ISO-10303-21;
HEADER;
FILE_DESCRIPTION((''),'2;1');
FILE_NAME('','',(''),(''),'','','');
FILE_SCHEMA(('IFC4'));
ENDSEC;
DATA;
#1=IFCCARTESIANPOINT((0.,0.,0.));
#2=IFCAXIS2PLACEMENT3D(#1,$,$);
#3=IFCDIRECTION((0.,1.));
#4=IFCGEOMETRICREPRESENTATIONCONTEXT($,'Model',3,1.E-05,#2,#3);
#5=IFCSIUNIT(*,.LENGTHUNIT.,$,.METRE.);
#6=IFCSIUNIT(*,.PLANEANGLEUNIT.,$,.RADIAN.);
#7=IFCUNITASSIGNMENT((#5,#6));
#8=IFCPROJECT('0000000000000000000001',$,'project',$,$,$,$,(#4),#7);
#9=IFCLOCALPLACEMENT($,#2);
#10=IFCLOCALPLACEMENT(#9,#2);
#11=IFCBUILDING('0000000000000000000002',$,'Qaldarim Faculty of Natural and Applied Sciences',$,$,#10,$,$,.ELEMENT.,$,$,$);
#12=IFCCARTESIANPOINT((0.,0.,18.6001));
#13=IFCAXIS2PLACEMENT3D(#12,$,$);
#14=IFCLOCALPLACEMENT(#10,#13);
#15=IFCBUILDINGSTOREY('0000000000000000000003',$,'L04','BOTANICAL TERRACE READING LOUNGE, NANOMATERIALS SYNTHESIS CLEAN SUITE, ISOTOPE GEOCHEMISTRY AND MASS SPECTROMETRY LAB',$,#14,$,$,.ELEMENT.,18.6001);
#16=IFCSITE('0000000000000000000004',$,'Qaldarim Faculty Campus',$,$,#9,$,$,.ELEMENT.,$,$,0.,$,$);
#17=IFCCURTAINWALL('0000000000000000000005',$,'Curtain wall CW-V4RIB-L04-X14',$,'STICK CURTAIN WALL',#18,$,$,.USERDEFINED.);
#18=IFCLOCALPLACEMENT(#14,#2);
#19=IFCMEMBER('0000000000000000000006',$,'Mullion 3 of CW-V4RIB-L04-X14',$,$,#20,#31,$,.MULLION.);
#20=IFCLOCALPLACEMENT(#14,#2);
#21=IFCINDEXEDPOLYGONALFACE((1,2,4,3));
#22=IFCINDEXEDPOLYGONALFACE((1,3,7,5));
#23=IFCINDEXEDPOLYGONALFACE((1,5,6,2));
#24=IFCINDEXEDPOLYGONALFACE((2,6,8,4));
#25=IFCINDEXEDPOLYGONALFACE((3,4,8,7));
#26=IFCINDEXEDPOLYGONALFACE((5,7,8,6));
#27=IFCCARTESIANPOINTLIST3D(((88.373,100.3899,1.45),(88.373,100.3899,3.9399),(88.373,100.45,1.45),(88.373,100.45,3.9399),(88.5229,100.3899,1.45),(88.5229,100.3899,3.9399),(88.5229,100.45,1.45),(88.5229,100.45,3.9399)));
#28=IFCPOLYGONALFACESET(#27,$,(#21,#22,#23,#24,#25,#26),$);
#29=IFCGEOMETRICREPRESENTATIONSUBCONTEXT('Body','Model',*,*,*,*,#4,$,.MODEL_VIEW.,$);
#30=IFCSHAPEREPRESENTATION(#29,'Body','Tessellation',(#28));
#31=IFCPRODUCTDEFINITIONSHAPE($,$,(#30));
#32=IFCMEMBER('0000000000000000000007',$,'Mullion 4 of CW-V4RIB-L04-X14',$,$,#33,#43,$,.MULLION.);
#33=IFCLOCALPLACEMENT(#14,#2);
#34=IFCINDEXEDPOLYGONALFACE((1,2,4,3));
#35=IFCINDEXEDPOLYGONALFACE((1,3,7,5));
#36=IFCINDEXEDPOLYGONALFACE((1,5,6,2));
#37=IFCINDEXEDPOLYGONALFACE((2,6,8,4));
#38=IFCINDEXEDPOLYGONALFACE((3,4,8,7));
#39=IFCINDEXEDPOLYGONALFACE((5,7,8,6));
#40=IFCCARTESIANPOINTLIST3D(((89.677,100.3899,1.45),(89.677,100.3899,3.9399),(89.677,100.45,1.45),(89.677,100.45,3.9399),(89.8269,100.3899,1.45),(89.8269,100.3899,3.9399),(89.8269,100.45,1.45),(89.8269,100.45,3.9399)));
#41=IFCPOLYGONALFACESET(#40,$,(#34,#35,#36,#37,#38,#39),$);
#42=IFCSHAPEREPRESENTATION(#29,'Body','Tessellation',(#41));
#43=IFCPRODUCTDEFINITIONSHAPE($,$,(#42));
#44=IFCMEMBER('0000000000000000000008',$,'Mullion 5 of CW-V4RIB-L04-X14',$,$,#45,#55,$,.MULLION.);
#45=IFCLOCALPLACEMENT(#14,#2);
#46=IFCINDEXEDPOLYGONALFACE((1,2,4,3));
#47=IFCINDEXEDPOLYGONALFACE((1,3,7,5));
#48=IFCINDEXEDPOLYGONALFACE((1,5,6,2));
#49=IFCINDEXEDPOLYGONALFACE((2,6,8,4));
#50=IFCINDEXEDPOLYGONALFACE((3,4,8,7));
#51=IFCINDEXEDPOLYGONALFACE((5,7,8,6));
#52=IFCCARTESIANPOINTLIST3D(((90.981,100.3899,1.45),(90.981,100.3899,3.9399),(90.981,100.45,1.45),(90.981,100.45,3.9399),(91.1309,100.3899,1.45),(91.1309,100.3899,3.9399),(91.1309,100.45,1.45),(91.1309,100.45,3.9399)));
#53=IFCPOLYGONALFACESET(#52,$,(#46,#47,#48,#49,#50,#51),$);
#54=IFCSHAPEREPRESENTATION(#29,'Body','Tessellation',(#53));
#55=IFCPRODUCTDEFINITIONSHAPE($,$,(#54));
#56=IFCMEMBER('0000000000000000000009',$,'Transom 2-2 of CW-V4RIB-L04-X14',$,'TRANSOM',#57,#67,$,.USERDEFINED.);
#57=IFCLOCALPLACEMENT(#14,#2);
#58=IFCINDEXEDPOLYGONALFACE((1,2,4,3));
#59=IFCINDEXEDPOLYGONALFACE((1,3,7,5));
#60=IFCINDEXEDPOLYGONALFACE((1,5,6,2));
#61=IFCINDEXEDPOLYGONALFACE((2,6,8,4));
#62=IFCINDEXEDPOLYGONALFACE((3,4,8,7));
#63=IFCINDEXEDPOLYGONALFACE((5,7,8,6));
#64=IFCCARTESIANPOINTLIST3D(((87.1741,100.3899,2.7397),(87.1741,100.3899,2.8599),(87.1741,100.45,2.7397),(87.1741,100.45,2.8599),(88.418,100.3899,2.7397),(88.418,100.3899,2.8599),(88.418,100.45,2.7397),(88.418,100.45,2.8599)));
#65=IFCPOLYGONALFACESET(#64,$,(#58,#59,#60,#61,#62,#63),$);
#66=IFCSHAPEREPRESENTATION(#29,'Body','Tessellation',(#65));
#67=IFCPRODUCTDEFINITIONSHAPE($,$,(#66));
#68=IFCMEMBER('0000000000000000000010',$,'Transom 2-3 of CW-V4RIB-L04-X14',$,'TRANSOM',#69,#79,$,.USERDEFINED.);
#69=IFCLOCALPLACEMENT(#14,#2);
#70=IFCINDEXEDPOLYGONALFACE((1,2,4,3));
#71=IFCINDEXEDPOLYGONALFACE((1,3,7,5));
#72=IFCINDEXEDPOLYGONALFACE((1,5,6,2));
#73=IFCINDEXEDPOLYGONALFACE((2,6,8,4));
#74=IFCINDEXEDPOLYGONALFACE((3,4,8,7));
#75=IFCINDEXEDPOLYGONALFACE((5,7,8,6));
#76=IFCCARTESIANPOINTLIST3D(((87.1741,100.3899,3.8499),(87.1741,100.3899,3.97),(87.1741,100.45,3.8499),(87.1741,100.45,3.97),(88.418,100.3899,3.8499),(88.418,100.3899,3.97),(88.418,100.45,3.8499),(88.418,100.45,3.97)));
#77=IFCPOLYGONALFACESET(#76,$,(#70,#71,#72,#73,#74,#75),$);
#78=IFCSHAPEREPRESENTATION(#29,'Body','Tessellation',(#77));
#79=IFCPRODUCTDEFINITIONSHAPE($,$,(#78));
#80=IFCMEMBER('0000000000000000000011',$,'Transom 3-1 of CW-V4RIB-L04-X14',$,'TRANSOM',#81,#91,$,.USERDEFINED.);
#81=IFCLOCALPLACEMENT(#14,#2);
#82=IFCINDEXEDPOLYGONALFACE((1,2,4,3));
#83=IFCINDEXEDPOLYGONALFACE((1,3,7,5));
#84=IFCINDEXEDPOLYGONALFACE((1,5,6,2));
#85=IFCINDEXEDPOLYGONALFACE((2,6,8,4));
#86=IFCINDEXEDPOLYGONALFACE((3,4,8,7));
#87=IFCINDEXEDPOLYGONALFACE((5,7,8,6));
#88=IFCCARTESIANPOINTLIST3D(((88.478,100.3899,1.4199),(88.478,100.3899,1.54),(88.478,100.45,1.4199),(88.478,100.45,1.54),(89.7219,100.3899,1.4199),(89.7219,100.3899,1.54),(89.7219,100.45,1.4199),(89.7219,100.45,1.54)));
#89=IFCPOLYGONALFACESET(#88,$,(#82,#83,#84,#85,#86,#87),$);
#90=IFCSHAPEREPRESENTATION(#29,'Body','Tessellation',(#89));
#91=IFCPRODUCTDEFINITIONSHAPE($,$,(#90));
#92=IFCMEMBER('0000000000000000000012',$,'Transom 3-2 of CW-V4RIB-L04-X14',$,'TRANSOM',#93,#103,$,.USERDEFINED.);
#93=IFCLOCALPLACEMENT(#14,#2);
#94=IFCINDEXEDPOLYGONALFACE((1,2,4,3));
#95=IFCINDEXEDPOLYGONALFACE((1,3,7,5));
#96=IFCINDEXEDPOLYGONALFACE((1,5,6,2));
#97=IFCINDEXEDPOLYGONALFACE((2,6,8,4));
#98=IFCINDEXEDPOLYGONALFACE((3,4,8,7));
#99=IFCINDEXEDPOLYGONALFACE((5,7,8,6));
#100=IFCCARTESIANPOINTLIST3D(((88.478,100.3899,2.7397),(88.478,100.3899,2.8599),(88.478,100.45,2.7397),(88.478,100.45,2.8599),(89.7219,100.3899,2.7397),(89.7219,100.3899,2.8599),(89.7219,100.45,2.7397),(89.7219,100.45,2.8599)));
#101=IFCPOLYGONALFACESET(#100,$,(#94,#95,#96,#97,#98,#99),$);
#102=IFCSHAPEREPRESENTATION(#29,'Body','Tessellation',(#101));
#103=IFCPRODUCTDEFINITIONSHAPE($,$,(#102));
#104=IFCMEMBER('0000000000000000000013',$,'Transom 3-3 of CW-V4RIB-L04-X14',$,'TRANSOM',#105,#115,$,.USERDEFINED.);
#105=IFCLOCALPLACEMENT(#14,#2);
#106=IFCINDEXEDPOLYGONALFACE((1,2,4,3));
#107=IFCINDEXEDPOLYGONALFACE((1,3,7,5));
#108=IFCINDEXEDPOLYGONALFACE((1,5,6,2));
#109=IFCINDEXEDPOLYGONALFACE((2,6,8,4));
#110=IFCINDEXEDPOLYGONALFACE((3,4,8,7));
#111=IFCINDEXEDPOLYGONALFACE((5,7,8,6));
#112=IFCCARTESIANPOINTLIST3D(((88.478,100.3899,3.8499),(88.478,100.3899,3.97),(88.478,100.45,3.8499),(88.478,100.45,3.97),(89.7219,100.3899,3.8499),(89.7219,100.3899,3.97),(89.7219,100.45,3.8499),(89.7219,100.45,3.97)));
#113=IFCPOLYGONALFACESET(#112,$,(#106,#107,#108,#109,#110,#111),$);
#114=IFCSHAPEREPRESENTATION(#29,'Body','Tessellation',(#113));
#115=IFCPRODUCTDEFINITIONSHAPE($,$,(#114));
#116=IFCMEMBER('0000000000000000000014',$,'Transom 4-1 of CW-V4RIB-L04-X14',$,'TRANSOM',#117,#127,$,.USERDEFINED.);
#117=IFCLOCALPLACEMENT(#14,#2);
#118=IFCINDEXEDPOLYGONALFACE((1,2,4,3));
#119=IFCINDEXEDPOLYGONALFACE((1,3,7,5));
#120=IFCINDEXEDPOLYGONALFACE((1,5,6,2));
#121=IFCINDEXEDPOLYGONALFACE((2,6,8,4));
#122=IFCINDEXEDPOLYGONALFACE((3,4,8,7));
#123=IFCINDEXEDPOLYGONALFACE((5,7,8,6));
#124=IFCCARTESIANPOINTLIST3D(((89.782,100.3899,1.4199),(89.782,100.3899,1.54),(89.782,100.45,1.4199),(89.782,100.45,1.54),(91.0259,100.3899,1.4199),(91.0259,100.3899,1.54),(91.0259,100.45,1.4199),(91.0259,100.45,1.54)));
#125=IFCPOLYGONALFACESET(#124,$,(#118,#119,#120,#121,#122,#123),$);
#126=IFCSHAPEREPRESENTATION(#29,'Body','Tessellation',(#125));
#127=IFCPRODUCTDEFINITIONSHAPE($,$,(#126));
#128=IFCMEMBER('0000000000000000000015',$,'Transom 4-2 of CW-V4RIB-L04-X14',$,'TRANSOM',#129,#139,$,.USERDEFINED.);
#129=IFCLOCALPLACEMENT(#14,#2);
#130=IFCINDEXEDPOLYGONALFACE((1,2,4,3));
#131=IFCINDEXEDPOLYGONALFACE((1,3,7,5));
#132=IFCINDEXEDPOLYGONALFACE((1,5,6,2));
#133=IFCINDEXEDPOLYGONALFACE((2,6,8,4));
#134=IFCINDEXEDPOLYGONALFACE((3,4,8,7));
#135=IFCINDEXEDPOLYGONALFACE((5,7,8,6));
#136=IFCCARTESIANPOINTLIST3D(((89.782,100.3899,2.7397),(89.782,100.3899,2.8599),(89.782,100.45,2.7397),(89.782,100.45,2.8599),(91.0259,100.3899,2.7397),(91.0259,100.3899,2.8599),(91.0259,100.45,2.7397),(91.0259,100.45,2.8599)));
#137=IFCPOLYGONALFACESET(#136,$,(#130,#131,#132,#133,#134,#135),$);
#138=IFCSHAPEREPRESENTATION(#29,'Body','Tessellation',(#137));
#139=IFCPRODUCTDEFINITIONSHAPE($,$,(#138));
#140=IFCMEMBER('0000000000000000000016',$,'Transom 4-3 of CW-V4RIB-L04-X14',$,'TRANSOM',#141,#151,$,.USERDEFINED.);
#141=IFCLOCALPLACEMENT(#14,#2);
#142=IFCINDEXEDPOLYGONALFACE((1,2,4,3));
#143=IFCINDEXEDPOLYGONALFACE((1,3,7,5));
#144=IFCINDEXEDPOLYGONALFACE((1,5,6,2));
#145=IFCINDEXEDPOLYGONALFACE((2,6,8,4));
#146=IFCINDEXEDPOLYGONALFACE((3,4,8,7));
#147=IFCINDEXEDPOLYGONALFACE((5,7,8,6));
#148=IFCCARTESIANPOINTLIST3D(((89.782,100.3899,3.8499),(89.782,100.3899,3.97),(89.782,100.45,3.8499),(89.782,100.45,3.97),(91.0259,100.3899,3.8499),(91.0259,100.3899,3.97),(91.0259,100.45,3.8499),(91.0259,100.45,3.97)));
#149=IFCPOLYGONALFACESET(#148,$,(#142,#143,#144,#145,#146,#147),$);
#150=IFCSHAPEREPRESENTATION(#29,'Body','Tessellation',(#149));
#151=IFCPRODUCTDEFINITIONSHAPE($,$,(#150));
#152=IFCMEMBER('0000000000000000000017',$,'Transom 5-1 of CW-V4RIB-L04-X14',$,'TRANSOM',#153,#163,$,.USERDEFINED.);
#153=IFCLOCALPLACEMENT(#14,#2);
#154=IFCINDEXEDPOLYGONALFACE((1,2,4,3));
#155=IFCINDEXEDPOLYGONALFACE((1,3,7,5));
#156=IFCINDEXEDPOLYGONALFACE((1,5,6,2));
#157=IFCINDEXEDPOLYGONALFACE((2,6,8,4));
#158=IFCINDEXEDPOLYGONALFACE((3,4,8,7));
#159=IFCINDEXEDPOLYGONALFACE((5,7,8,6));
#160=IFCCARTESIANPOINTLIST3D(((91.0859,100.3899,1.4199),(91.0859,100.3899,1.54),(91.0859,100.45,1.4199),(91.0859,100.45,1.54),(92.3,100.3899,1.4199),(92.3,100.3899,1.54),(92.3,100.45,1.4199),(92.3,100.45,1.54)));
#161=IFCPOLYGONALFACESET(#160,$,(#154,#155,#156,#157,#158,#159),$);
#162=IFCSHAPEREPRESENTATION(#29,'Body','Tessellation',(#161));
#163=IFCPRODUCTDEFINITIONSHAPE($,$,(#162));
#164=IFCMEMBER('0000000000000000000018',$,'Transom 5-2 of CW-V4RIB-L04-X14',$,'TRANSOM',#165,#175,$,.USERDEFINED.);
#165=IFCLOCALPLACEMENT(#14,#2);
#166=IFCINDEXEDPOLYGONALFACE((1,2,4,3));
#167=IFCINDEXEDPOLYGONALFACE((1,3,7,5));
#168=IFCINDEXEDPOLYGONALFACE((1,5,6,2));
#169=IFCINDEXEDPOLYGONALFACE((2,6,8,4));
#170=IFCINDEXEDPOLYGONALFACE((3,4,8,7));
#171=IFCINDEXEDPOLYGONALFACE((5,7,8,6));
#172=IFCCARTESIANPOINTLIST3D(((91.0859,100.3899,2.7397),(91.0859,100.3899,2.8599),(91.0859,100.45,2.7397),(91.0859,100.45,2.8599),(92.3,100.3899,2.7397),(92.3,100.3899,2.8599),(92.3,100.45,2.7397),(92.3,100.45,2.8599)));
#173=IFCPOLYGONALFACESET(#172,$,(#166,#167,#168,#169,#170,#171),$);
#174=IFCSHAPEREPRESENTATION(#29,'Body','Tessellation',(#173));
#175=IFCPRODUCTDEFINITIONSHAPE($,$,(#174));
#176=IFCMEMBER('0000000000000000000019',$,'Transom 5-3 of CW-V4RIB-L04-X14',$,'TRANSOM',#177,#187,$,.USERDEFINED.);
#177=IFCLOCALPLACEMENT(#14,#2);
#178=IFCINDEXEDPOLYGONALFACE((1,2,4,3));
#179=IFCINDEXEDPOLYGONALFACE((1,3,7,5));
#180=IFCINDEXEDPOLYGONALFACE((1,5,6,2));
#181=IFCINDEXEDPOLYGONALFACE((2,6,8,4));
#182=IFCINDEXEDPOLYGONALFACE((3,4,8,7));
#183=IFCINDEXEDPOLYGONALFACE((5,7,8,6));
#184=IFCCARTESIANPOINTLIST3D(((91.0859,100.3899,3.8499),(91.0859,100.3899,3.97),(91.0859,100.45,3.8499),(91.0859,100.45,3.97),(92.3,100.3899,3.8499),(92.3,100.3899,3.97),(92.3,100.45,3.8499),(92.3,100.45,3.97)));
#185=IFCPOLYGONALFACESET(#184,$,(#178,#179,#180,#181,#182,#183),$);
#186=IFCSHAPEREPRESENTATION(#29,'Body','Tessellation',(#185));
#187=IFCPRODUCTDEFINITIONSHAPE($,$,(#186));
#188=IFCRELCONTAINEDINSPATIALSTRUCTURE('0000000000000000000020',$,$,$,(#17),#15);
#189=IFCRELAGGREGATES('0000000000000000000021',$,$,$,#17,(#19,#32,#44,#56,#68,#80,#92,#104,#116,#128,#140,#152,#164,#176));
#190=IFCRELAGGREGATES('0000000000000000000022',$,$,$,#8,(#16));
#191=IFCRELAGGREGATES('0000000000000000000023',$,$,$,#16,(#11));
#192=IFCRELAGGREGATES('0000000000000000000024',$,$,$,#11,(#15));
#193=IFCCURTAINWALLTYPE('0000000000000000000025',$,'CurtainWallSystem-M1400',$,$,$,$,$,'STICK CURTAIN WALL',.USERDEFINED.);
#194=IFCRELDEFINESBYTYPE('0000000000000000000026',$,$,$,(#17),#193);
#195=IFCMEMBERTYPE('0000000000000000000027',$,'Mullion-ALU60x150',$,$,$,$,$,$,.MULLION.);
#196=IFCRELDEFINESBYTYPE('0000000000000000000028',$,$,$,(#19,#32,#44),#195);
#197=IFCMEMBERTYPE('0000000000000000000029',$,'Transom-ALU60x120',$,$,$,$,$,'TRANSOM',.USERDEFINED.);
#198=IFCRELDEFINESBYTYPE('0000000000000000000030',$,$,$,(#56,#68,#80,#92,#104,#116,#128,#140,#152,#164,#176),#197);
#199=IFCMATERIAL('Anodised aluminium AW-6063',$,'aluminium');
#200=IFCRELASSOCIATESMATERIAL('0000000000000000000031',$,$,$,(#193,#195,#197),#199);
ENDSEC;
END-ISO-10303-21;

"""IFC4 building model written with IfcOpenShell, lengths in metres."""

from ifc_helpers import new_model, si_unit, direction, frame, origin, origin_2d, place, context, subcontext, project, spatial, rectangle, extrude, material, material_profile, profile_set, type_object, element, aggregate, save


model = new_model("IFC4")

# Units and contexts
model_context = context("Model", 3, precision=1e-05, world=origin(), true_north=direction((0.0, 1.0)))
body_context = subcontext(model_context, "Body", "Model", "MODEL_VIEW")
ifc_project = project(units=[si_unit("LENGTHUNIT", "METRE"), si_unit("PLANEANGLEUNIT", "RADIAN")], contexts=[model_context])

# Site, building, storey
site_placement = place(None, origin())
site = spatial("IfcSite", under=ifc_project, at=site_placement, Name="Qaldarim Faculty Campus", CompositionType="ELEMENT", RefElevation=0.0)
building_placement = place(site_placement, origin())
building = spatial("IfcBuilding", under=site, at=building_placement, Name="Qaldarim Faculty of Natural and Applied Sciences", CompositionType="ELEMENT")
storey_placement = place(building_placement, frame((0.0, 0.0, 18.6001)))
storey = spatial("IfcBuildingStorey", under=building, at=storey_placement, Name="L04", Description="BOTANICAL TERRACE READING LOUNGE, NANOMATERIALS SYNTHESIS CLEAN SUITE, ISOTOPE GEOCHEMISTRY AND MASS SPECTROMETRY LAB", CompositionType="ELEMENT", Elevation=18.6001)

# Curtain wall, members
ifc_material_1 = material(Name="Anodised aluminium AW-6063", Category="aluminium")
curtain_wall_type = type_object("IfcCurtainWallType", Name="CurtainWallSystem-M1400", ElementType="STICK CURTAIN WALL", PredefinedType="USERDEFINED", material=ifc_material_1)
curtain_wall_placement = place(storey_placement, origin())
curtain_wall = element("IfcCurtainWall", 1, at=curtain_wall_placement, inside=storey, type_object=curtain_wall_type, Name="Curtain wall CW-V4RIB-L04-X14", ObjectType="STICK CURTAIN WALL", PredefinedType="USERDEFINED")
ifc_material_profile_1 = material_profile(ifc_material_1, rectangle(XDim=0.0601, YDim=0.1499, at=origin_2d()), Name="ALU-M60x150")
ifc_profile_set_1 = profile_set([ifc_material_profile_1], Name="Anodised aluminium AW-6063")
member_type_1 = type_object("IfcMemberType", Name="Mullion-ALU60x150", PredefinedType="MULLION", material=ifc_profile_set_1)
member_1_placement = place(storey_placement, frame((88.448, 100.4199, 1.45), z_axis=(0.0, 0.0, 1.0), x_axis=(0.0, 1.0, 0.0)))
member_1 = element("IfcMember", 2, at=member_1_placement, type_object=member_type_1, Name="Mullion 3 of CW-V4RIB-L04-X14", PredefinedType="MULLION", context=body_context, shape_type="SweptSolid", body=[
    extrude(rectangle(XDim=0.0601, YDim=0.1499, at=origin_2d()), origin(), (0.0, 0.0, 1.0), 2.49),
])
member_2_placement = place(storey_placement, frame((89.752, 100.4199, 1.45), z_axis=(0.0, 0.0, 1.0), x_axis=(0.0, 1.0, 0.0)))
member_2 = element("IfcMember", 3, at=member_2_placement, type_object=member_type_1, Name="Mullion 4 of CW-V4RIB-L04-X14", PredefinedType="MULLION", context=body_context, shape_type="SweptSolid", body=[
    extrude(rectangle(XDim=0.0601, YDim=0.1499, at=origin_2d()), origin(), (0.0, 0.0, 1.0), 2.49),
])
member_3_placement = place(storey_placement, frame((91.0559, 100.4199, 1.45), z_axis=(0.0, 0.0, 1.0), x_axis=(0.0, 1.0, 0.0)))
member_3 = element("IfcMember", 4, at=member_3_placement, type_object=member_type_1, Name="Mullion 5 of CW-V4RIB-L04-X14", PredefinedType="MULLION", context=body_context, shape_type="SweptSolid", body=[
    extrude(rectangle(XDim=0.0601, YDim=0.1499, at=origin_2d()), origin(), (0.0, 0.0, 1.0), 2.49),
])
ifc_material_profile_2 = material_profile(ifc_material_1, rectangle(XDim=0.0601, YDim=0.1201, at=origin_2d()), Name="ALU-T60x120")
ifc_profile_set_2 = profile_set([ifc_material_profile_2], Name="Anodised aluminium AW-6063")
member_type_2 = type_object("IfcMemberType", Name="Transom-ALU60x120", ElementType="TRANSOM", PredefinedType="USERDEFINED", material=ifc_profile_set_2)
member_4_placement = place(storey_placement, frame((87.1741, 100.4199, 2.7998), z_axis=(1.0, 0.0, 0.0), x_axis=(0.0, 1.0, 0.0)))
member_4 = element("IfcMember", 5, at=member_4_placement, type_object=member_type_2, Name="Transom 2-2 of CW-V4RIB-L04-X14", ObjectType="TRANSOM", PredefinedType="USERDEFINED", context=body_context, shape_type="SweptSolid", body=[
    extrude(rectangle(XDim=0.0601, YDim=0.1201, at=origin_2d()), origin(), (0.0, 0.0, 1.0), 1.2439),
])
member_5_placement = place(storey_placement, frame((87.1741, 100.4199, 3.9099), z_axis=(1.0, 0.0, 0.0), x_axis=(0.0, 1.0, 0.0)))
member_5 = element("IfcMember", 6, at=member_5_placement, type_object=member_type_2, Name="Transom 2-3 of CW-V4RIB-L04-X14", ObjectType="TRANSOM", PredefinedType="USERDEFINED", context=body_context, shape_type="SweptSolid", body=[
    extrude(rectangle(XDim=0.0601, YDim=0.1201, at=origin_2d()), origin(), (0.0, 0.0, 1.0), 1.2439),
])
member_6_placement = place(storey_placement, frame((88.478, 100.4199, 1.48), z_axis=(1.0, 0.0, 0.0), x_axis=(0.0, 1.0, 0.0)))
member_6 = element("IfcMember", 7, at=member_6_placement, type_object=member_type_2, Name="Transom 3-1 of CW-V4RIB-L04-X14", ObjectType="TRANSOM", PredefinedType="USERDEFINED", context=body_context, shape_type="SweptSolid", body=[
    extrude(rectangle(XDim=0.0601, YDim=0.1201, at=origin_2d()), origin(), (0.0, 0.0, 1.0), 1.2439),
])
member_7_placement = place(storey_placement, frame((88.478, 100.4199, 2.7998), z_axis=(1.0, 0.0, 0.0), x_axis=(0.0, 1.0, 0.0)))
member_7 = element("IfcMember", 8, at=member_7_placement, type_object=member_type_2, Name="Transom 3-2 of CW-V4RIB-L04-X14", ObjectType="TRANSOM", PredefinedType="USERDEFINED", context=body_context, shape_type="SweptSolid", body=[
    extrude(rectangle(XDim=0.0601, YDim=0.1201, at=origin_2d()), origin(), (0.0, 0.0, 1.0), 1.2439),
])
member_8_placement = place(storey_placement, frame((88.478, 100.4199, 3.9099), z_axis=(1.0, 0.0, 0.0), x_axis=(0.0, 1.0, 0.0)))
member_8 = element("IfcMember", 9, at=member_8_placement, type_object=member_type_2, Name="Transom 3-3 of CW-V4RIB-L04-X14", ObjectType="TRANSOM", PredefinedType="USERDEFINED", context=body_context, shape_type="SweptSolid", body=[
    extrude(rectangle(XDim=0.0601, YDim=0.1201, at=origin_2d()), origin(), (0.0, 0.0, 1.0), 1.2439),
])
member_9_placement = place(storey_placement, frame((89.782, 100.4199, 1.48), z_axis=(1.0, 0.0, 0.0), x_axis=(0.0, 1.0, 0.0)))
member_9 = element("IfcMember", 10, at=member_9_placement, type_object=member_type_2, Name="Transom 4-1 of CW-V4RIB-L04-X14", ObjectType="TRANSOM", PredefinedType="USERDEFINED", context=body_context, shape_type="SweptSolid", body=[
    extrude(rectangle(XDim=0.0601, YDim=0.1201, at=origin_2d()), origin(), (0.0, 0.0, 1.0), 1.2439),
])
member_10_placement = place(storey_placement, frame((89.782, 100.4199, 2.7998), z_axis=(1.0, 0.0, 0.0), x_axis=(0.0, 1.0, 0.0)))
member_10 = element("IfcMember", 11, at=member_10_placement, type_object=member_type_2, Name="Transom 4-2 of CW-V4RIB-L04-X14", ObjectType="TRANSOM", PredefinedType="USERDEFINED", context=body_context, shape_type="SweptSolid", body=[
    extrude(rectangle(XDim=0.0601, YDim=0.1201, at=origin_2d()), origin(), (0.0, 0.0, 1.0), 1.2439),
])
member_11_placement = place(storey_placement, frame((89.782, 100.4199, 3.9099), z_axis=(1.0, 0.0, 0.0), x_axis=(0.0, 1.0, 0.0)))
member_11 = element("IfcMember", 12, at=member_11_placement, type_object=member_type_2, Name="Transom 4-3 of CW-V4RIB-L04-X14", ObjectType="TRANSOM", PredefinedType="USERDEFINED", context=body_context, shape_type="SweptSolid", body=[
    extrude(rectangle(XDim=0.0601, YDim=0.1201, at=origin_2d()), origin(), (0.0, 0.0, 1.0), 1.2439),
])
member_12_placement = place(storey_placement, frame((91.0859, 100.4199, 1.48), z_axis=(1.0, 0.0, 0.0), x_axis=(0.0, 1.0, 0.0)))
member_12 = element("IfcMember", 13, at=member_12_placement, type_object=member_type_2, Name="Transom 5-1 of CW-V4RIB-L04-X14", ObjectType="TRANSOM", PredefinedType="USERDEFINED", context=body_context, shape_type="SweptSolid", body=[
    extrude(rectangle(XDim=0.0601, YDim=0.1201, at=origin_2d()), origin(), (0.0, 0.0, 1.0), 1.2141),
])
member_13_placement = place(storey_placement, frame((91.0859, 100.4199, 2.7998), z_axis=(1.0, 0.0, 0.0), x_axis=(0.0, 1.0, 0.0)))
member_13 = element("IfcMember", 14, at=member_13_placement, type_object=member_type_2, Name="Transom 5-2 of CW-V4RIB-L04-X14", ObjectType="TRANSOM", PredefinedType="USERDEFINED", context=body_context, shape_type="SweptSolid", body=[
    extrude(rectangle(XDim=0.0601, YDim=0.1201, at=origin_2d()), origin(), (0.0, 0.0, 1.0), 1.2141),
])
member_14_placement = place(storey_placement, frame((91.0859, 100.4199, 3.9099), z_axis=(1.0, 0.0, 0.0), x_axis=(0.0, 1.0, 0.0)))
member_14 = element("IfcMember", 15, at=member_14_placement, type_object=member_type_2, Name="Transom 5-3 of CW-V4RIB-L04-X14", ObjectType="TRANSOM", PredefinedType="USERDEFINED", context=body_context, shape_type="SweptSolid", body=[
    extrude(rectangle(XDim=0.0601, YDim=0.1201, at=origin_2d()), origin(), (0.0, 0.0, 1.0), 1.2141),
])
aggregate(curtain_wall, [member_1, member_2, member_3, member_4, member_5, member_6, member_7, member_8, member_9, member_10, member_11, member_12, member_13, member_14])

save(model, "model.ifc")
